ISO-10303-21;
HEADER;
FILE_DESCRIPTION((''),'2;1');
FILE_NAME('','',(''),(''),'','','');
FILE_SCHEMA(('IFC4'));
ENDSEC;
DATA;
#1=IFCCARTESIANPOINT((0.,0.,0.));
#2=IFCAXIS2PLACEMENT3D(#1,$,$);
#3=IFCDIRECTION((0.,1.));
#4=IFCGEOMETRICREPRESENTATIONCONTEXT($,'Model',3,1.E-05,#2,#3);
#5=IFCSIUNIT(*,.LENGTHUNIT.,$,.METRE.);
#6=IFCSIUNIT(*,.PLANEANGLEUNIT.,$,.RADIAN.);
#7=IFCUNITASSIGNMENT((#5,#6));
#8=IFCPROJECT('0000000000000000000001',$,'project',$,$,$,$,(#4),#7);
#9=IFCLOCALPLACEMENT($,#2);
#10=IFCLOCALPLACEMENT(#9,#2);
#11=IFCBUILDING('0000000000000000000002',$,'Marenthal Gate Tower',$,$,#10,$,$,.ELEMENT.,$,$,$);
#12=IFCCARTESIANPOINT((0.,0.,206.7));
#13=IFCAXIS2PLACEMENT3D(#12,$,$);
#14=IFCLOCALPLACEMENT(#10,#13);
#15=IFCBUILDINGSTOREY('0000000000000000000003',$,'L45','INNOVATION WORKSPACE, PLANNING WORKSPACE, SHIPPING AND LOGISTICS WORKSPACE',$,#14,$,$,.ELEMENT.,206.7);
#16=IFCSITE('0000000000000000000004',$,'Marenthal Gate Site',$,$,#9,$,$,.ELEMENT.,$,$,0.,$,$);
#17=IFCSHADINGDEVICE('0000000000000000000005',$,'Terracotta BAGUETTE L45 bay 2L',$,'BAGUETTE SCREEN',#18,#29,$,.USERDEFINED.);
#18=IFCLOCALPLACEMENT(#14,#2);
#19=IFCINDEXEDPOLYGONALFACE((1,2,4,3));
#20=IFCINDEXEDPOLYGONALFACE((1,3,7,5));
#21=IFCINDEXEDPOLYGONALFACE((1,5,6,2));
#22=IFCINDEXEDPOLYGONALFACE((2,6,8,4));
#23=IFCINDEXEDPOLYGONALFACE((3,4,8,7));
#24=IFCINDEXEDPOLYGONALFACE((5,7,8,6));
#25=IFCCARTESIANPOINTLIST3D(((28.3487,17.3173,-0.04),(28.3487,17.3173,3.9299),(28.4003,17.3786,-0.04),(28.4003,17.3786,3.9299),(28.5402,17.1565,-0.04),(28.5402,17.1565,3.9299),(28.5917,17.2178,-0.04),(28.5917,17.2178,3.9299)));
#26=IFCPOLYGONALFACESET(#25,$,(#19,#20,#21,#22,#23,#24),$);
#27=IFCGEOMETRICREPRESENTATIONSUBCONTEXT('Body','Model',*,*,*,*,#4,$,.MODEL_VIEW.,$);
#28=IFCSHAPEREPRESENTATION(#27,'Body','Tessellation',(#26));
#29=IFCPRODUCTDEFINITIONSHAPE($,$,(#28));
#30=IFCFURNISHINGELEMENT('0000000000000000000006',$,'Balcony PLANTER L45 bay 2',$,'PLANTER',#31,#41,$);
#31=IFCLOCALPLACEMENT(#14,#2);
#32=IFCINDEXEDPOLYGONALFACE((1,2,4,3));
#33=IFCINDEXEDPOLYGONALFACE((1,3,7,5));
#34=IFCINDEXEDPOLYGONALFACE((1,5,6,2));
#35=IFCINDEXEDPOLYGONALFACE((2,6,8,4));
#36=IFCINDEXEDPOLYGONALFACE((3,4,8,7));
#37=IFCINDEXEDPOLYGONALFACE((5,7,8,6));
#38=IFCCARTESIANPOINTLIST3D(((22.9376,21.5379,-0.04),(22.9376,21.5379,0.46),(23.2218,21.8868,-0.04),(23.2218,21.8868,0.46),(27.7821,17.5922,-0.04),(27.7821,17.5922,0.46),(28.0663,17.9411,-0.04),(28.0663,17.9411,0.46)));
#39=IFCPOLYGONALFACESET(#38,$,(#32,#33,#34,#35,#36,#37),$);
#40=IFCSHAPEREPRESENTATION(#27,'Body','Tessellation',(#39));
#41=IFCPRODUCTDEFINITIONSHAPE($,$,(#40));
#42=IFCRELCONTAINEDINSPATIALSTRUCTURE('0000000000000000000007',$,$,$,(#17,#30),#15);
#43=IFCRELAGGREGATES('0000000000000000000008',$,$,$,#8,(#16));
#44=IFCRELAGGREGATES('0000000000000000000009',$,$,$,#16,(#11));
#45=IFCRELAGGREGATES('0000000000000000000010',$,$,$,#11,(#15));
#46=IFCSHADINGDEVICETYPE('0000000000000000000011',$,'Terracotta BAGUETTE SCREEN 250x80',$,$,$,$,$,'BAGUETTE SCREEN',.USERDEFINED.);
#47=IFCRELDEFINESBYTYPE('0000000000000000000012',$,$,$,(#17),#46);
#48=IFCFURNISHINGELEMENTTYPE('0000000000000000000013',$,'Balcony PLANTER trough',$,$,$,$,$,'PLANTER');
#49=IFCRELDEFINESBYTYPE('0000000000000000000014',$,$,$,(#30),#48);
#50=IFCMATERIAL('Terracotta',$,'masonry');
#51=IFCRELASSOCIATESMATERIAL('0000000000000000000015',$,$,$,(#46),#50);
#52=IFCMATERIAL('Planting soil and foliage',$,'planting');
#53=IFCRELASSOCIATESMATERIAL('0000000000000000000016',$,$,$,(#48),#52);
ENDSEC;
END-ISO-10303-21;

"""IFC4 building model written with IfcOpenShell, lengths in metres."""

from ifc_helpers import new_model, si_unit, direction, frame, origin, origin_2d, place, context, subcontext, project, spatial, rectangle, extrude, material, material_profile, profile_set, type_object, element, save


model = new_model("IFC4")

# Units and contexts
model_context = context("Model", 3, precision=1e-05, world=origin(), true_north=direction((0.0, 1.0)))
body_context = subcontext(model_context, "Body", "Model", "MODEL_VIEW")
ifc_project = project(units=[si_unit("LENGTHUNIT", "METRE"), si_unit("PLANEANGLEUNIT", "RADIAN")], contexts=[model_context])

# Site, building, storey
site_placement = place(None, origin())
site = spatial("IfcSite", under=ifc_project, at=site_placement, Name="Marenthal Gate Site", CompositionType="ELEMENT", RefElevation=0.0)
building_placement = place(site_placement, origin())
building = spatial("IfcBuilding", under=site, at=building_placement, Name="Marenthal Gate Tower", CompositionType="ELEMENT")
storey_placement = place(building_placement, frame((0.0, 0.0, 206.7)))
storey = spatial("IfcBuildingStorey", under=building, at=storey_placement, Name="L45", Description="INNOVATION WORKSPACE, PLANNING WORKSPACE, SHIPPING AND LOGISTICS WORKSPACE", CompositionType="ELEMENT", Elevation=206.7)

# Shading device
ifc_material_1 = material(Name="Terracotta", Category="masonry")
ifc_material_profile_1 = material_profile(ifc_material_1, rectangle(XDim=0.25, YDim=0.0801, at=origin_2d()), Name="Terracotta baguette 250x80")
ifc_profile_set_1 = profile_set([ifc_material_profile_1], Name="Terracotta")
shading_device_type = type_object("IfcShadingDeviceType", Name="Terracotta BAGUETTE SCREEN 250x80", ElementType="BAGUETTE SCREEN", PredefinedType="USERDEFINED", material=ifc_profile_set_1)
shading_device_placement = place(storey_placement, frame((28.4702, 17.2676, -0.04), z_axis=(0.0, 0.0, 1.0), x_axis=(-0.765705, 0.643192, 0.0)))
element("IfcShadingDevice", 1, at=shading_device_placement, inside=storey, type_object=shading_device_type, Name="Terracotta BAGUETTE L45 bay 2L", ObjectType="BAGUETTE SCREEN", PredefinedType="USERDEFINED", context=body_context, shape_type="SweptSolid", body=[
    extrude(rectangle(XDim=0.25, YDim=0.0801, at=origin_2d()), origin(), (0.0, 0.0, 1.0), 3.97),
])

# Furnishing element
ifc_material_2 = material(Name="Planting soil and foliage", Category="planting")
furnishing_element_type = type_object("IfcFurnishingElementType", Name="Balcony PLANTER trough", ElementType="PLANTER", material=ifc_material_2)
furnishing_placement = place(storey_placement, frame((25.502, 19.7395, -0.04), z_axis=(0.0, 0.0, 1.0), x_axis=(-0.77536, 0.63152, 0.0)))
element("IfcFurnishingElement", 2, at=furnishing_placement, inside=storey, type_object=furnishing_element_type, Name="Balcony PLANTER L45 bay 2", ObjectType="PLANTER", context=body_context, shape_type="SweptSolid", body=[
    extrude(rectangle(XDim=6.248, YDim=0.45, at=origin_2d()), origin(), (0.0, 0.0, 1.0), 0.5),
])

save(model, "model.ifc")
